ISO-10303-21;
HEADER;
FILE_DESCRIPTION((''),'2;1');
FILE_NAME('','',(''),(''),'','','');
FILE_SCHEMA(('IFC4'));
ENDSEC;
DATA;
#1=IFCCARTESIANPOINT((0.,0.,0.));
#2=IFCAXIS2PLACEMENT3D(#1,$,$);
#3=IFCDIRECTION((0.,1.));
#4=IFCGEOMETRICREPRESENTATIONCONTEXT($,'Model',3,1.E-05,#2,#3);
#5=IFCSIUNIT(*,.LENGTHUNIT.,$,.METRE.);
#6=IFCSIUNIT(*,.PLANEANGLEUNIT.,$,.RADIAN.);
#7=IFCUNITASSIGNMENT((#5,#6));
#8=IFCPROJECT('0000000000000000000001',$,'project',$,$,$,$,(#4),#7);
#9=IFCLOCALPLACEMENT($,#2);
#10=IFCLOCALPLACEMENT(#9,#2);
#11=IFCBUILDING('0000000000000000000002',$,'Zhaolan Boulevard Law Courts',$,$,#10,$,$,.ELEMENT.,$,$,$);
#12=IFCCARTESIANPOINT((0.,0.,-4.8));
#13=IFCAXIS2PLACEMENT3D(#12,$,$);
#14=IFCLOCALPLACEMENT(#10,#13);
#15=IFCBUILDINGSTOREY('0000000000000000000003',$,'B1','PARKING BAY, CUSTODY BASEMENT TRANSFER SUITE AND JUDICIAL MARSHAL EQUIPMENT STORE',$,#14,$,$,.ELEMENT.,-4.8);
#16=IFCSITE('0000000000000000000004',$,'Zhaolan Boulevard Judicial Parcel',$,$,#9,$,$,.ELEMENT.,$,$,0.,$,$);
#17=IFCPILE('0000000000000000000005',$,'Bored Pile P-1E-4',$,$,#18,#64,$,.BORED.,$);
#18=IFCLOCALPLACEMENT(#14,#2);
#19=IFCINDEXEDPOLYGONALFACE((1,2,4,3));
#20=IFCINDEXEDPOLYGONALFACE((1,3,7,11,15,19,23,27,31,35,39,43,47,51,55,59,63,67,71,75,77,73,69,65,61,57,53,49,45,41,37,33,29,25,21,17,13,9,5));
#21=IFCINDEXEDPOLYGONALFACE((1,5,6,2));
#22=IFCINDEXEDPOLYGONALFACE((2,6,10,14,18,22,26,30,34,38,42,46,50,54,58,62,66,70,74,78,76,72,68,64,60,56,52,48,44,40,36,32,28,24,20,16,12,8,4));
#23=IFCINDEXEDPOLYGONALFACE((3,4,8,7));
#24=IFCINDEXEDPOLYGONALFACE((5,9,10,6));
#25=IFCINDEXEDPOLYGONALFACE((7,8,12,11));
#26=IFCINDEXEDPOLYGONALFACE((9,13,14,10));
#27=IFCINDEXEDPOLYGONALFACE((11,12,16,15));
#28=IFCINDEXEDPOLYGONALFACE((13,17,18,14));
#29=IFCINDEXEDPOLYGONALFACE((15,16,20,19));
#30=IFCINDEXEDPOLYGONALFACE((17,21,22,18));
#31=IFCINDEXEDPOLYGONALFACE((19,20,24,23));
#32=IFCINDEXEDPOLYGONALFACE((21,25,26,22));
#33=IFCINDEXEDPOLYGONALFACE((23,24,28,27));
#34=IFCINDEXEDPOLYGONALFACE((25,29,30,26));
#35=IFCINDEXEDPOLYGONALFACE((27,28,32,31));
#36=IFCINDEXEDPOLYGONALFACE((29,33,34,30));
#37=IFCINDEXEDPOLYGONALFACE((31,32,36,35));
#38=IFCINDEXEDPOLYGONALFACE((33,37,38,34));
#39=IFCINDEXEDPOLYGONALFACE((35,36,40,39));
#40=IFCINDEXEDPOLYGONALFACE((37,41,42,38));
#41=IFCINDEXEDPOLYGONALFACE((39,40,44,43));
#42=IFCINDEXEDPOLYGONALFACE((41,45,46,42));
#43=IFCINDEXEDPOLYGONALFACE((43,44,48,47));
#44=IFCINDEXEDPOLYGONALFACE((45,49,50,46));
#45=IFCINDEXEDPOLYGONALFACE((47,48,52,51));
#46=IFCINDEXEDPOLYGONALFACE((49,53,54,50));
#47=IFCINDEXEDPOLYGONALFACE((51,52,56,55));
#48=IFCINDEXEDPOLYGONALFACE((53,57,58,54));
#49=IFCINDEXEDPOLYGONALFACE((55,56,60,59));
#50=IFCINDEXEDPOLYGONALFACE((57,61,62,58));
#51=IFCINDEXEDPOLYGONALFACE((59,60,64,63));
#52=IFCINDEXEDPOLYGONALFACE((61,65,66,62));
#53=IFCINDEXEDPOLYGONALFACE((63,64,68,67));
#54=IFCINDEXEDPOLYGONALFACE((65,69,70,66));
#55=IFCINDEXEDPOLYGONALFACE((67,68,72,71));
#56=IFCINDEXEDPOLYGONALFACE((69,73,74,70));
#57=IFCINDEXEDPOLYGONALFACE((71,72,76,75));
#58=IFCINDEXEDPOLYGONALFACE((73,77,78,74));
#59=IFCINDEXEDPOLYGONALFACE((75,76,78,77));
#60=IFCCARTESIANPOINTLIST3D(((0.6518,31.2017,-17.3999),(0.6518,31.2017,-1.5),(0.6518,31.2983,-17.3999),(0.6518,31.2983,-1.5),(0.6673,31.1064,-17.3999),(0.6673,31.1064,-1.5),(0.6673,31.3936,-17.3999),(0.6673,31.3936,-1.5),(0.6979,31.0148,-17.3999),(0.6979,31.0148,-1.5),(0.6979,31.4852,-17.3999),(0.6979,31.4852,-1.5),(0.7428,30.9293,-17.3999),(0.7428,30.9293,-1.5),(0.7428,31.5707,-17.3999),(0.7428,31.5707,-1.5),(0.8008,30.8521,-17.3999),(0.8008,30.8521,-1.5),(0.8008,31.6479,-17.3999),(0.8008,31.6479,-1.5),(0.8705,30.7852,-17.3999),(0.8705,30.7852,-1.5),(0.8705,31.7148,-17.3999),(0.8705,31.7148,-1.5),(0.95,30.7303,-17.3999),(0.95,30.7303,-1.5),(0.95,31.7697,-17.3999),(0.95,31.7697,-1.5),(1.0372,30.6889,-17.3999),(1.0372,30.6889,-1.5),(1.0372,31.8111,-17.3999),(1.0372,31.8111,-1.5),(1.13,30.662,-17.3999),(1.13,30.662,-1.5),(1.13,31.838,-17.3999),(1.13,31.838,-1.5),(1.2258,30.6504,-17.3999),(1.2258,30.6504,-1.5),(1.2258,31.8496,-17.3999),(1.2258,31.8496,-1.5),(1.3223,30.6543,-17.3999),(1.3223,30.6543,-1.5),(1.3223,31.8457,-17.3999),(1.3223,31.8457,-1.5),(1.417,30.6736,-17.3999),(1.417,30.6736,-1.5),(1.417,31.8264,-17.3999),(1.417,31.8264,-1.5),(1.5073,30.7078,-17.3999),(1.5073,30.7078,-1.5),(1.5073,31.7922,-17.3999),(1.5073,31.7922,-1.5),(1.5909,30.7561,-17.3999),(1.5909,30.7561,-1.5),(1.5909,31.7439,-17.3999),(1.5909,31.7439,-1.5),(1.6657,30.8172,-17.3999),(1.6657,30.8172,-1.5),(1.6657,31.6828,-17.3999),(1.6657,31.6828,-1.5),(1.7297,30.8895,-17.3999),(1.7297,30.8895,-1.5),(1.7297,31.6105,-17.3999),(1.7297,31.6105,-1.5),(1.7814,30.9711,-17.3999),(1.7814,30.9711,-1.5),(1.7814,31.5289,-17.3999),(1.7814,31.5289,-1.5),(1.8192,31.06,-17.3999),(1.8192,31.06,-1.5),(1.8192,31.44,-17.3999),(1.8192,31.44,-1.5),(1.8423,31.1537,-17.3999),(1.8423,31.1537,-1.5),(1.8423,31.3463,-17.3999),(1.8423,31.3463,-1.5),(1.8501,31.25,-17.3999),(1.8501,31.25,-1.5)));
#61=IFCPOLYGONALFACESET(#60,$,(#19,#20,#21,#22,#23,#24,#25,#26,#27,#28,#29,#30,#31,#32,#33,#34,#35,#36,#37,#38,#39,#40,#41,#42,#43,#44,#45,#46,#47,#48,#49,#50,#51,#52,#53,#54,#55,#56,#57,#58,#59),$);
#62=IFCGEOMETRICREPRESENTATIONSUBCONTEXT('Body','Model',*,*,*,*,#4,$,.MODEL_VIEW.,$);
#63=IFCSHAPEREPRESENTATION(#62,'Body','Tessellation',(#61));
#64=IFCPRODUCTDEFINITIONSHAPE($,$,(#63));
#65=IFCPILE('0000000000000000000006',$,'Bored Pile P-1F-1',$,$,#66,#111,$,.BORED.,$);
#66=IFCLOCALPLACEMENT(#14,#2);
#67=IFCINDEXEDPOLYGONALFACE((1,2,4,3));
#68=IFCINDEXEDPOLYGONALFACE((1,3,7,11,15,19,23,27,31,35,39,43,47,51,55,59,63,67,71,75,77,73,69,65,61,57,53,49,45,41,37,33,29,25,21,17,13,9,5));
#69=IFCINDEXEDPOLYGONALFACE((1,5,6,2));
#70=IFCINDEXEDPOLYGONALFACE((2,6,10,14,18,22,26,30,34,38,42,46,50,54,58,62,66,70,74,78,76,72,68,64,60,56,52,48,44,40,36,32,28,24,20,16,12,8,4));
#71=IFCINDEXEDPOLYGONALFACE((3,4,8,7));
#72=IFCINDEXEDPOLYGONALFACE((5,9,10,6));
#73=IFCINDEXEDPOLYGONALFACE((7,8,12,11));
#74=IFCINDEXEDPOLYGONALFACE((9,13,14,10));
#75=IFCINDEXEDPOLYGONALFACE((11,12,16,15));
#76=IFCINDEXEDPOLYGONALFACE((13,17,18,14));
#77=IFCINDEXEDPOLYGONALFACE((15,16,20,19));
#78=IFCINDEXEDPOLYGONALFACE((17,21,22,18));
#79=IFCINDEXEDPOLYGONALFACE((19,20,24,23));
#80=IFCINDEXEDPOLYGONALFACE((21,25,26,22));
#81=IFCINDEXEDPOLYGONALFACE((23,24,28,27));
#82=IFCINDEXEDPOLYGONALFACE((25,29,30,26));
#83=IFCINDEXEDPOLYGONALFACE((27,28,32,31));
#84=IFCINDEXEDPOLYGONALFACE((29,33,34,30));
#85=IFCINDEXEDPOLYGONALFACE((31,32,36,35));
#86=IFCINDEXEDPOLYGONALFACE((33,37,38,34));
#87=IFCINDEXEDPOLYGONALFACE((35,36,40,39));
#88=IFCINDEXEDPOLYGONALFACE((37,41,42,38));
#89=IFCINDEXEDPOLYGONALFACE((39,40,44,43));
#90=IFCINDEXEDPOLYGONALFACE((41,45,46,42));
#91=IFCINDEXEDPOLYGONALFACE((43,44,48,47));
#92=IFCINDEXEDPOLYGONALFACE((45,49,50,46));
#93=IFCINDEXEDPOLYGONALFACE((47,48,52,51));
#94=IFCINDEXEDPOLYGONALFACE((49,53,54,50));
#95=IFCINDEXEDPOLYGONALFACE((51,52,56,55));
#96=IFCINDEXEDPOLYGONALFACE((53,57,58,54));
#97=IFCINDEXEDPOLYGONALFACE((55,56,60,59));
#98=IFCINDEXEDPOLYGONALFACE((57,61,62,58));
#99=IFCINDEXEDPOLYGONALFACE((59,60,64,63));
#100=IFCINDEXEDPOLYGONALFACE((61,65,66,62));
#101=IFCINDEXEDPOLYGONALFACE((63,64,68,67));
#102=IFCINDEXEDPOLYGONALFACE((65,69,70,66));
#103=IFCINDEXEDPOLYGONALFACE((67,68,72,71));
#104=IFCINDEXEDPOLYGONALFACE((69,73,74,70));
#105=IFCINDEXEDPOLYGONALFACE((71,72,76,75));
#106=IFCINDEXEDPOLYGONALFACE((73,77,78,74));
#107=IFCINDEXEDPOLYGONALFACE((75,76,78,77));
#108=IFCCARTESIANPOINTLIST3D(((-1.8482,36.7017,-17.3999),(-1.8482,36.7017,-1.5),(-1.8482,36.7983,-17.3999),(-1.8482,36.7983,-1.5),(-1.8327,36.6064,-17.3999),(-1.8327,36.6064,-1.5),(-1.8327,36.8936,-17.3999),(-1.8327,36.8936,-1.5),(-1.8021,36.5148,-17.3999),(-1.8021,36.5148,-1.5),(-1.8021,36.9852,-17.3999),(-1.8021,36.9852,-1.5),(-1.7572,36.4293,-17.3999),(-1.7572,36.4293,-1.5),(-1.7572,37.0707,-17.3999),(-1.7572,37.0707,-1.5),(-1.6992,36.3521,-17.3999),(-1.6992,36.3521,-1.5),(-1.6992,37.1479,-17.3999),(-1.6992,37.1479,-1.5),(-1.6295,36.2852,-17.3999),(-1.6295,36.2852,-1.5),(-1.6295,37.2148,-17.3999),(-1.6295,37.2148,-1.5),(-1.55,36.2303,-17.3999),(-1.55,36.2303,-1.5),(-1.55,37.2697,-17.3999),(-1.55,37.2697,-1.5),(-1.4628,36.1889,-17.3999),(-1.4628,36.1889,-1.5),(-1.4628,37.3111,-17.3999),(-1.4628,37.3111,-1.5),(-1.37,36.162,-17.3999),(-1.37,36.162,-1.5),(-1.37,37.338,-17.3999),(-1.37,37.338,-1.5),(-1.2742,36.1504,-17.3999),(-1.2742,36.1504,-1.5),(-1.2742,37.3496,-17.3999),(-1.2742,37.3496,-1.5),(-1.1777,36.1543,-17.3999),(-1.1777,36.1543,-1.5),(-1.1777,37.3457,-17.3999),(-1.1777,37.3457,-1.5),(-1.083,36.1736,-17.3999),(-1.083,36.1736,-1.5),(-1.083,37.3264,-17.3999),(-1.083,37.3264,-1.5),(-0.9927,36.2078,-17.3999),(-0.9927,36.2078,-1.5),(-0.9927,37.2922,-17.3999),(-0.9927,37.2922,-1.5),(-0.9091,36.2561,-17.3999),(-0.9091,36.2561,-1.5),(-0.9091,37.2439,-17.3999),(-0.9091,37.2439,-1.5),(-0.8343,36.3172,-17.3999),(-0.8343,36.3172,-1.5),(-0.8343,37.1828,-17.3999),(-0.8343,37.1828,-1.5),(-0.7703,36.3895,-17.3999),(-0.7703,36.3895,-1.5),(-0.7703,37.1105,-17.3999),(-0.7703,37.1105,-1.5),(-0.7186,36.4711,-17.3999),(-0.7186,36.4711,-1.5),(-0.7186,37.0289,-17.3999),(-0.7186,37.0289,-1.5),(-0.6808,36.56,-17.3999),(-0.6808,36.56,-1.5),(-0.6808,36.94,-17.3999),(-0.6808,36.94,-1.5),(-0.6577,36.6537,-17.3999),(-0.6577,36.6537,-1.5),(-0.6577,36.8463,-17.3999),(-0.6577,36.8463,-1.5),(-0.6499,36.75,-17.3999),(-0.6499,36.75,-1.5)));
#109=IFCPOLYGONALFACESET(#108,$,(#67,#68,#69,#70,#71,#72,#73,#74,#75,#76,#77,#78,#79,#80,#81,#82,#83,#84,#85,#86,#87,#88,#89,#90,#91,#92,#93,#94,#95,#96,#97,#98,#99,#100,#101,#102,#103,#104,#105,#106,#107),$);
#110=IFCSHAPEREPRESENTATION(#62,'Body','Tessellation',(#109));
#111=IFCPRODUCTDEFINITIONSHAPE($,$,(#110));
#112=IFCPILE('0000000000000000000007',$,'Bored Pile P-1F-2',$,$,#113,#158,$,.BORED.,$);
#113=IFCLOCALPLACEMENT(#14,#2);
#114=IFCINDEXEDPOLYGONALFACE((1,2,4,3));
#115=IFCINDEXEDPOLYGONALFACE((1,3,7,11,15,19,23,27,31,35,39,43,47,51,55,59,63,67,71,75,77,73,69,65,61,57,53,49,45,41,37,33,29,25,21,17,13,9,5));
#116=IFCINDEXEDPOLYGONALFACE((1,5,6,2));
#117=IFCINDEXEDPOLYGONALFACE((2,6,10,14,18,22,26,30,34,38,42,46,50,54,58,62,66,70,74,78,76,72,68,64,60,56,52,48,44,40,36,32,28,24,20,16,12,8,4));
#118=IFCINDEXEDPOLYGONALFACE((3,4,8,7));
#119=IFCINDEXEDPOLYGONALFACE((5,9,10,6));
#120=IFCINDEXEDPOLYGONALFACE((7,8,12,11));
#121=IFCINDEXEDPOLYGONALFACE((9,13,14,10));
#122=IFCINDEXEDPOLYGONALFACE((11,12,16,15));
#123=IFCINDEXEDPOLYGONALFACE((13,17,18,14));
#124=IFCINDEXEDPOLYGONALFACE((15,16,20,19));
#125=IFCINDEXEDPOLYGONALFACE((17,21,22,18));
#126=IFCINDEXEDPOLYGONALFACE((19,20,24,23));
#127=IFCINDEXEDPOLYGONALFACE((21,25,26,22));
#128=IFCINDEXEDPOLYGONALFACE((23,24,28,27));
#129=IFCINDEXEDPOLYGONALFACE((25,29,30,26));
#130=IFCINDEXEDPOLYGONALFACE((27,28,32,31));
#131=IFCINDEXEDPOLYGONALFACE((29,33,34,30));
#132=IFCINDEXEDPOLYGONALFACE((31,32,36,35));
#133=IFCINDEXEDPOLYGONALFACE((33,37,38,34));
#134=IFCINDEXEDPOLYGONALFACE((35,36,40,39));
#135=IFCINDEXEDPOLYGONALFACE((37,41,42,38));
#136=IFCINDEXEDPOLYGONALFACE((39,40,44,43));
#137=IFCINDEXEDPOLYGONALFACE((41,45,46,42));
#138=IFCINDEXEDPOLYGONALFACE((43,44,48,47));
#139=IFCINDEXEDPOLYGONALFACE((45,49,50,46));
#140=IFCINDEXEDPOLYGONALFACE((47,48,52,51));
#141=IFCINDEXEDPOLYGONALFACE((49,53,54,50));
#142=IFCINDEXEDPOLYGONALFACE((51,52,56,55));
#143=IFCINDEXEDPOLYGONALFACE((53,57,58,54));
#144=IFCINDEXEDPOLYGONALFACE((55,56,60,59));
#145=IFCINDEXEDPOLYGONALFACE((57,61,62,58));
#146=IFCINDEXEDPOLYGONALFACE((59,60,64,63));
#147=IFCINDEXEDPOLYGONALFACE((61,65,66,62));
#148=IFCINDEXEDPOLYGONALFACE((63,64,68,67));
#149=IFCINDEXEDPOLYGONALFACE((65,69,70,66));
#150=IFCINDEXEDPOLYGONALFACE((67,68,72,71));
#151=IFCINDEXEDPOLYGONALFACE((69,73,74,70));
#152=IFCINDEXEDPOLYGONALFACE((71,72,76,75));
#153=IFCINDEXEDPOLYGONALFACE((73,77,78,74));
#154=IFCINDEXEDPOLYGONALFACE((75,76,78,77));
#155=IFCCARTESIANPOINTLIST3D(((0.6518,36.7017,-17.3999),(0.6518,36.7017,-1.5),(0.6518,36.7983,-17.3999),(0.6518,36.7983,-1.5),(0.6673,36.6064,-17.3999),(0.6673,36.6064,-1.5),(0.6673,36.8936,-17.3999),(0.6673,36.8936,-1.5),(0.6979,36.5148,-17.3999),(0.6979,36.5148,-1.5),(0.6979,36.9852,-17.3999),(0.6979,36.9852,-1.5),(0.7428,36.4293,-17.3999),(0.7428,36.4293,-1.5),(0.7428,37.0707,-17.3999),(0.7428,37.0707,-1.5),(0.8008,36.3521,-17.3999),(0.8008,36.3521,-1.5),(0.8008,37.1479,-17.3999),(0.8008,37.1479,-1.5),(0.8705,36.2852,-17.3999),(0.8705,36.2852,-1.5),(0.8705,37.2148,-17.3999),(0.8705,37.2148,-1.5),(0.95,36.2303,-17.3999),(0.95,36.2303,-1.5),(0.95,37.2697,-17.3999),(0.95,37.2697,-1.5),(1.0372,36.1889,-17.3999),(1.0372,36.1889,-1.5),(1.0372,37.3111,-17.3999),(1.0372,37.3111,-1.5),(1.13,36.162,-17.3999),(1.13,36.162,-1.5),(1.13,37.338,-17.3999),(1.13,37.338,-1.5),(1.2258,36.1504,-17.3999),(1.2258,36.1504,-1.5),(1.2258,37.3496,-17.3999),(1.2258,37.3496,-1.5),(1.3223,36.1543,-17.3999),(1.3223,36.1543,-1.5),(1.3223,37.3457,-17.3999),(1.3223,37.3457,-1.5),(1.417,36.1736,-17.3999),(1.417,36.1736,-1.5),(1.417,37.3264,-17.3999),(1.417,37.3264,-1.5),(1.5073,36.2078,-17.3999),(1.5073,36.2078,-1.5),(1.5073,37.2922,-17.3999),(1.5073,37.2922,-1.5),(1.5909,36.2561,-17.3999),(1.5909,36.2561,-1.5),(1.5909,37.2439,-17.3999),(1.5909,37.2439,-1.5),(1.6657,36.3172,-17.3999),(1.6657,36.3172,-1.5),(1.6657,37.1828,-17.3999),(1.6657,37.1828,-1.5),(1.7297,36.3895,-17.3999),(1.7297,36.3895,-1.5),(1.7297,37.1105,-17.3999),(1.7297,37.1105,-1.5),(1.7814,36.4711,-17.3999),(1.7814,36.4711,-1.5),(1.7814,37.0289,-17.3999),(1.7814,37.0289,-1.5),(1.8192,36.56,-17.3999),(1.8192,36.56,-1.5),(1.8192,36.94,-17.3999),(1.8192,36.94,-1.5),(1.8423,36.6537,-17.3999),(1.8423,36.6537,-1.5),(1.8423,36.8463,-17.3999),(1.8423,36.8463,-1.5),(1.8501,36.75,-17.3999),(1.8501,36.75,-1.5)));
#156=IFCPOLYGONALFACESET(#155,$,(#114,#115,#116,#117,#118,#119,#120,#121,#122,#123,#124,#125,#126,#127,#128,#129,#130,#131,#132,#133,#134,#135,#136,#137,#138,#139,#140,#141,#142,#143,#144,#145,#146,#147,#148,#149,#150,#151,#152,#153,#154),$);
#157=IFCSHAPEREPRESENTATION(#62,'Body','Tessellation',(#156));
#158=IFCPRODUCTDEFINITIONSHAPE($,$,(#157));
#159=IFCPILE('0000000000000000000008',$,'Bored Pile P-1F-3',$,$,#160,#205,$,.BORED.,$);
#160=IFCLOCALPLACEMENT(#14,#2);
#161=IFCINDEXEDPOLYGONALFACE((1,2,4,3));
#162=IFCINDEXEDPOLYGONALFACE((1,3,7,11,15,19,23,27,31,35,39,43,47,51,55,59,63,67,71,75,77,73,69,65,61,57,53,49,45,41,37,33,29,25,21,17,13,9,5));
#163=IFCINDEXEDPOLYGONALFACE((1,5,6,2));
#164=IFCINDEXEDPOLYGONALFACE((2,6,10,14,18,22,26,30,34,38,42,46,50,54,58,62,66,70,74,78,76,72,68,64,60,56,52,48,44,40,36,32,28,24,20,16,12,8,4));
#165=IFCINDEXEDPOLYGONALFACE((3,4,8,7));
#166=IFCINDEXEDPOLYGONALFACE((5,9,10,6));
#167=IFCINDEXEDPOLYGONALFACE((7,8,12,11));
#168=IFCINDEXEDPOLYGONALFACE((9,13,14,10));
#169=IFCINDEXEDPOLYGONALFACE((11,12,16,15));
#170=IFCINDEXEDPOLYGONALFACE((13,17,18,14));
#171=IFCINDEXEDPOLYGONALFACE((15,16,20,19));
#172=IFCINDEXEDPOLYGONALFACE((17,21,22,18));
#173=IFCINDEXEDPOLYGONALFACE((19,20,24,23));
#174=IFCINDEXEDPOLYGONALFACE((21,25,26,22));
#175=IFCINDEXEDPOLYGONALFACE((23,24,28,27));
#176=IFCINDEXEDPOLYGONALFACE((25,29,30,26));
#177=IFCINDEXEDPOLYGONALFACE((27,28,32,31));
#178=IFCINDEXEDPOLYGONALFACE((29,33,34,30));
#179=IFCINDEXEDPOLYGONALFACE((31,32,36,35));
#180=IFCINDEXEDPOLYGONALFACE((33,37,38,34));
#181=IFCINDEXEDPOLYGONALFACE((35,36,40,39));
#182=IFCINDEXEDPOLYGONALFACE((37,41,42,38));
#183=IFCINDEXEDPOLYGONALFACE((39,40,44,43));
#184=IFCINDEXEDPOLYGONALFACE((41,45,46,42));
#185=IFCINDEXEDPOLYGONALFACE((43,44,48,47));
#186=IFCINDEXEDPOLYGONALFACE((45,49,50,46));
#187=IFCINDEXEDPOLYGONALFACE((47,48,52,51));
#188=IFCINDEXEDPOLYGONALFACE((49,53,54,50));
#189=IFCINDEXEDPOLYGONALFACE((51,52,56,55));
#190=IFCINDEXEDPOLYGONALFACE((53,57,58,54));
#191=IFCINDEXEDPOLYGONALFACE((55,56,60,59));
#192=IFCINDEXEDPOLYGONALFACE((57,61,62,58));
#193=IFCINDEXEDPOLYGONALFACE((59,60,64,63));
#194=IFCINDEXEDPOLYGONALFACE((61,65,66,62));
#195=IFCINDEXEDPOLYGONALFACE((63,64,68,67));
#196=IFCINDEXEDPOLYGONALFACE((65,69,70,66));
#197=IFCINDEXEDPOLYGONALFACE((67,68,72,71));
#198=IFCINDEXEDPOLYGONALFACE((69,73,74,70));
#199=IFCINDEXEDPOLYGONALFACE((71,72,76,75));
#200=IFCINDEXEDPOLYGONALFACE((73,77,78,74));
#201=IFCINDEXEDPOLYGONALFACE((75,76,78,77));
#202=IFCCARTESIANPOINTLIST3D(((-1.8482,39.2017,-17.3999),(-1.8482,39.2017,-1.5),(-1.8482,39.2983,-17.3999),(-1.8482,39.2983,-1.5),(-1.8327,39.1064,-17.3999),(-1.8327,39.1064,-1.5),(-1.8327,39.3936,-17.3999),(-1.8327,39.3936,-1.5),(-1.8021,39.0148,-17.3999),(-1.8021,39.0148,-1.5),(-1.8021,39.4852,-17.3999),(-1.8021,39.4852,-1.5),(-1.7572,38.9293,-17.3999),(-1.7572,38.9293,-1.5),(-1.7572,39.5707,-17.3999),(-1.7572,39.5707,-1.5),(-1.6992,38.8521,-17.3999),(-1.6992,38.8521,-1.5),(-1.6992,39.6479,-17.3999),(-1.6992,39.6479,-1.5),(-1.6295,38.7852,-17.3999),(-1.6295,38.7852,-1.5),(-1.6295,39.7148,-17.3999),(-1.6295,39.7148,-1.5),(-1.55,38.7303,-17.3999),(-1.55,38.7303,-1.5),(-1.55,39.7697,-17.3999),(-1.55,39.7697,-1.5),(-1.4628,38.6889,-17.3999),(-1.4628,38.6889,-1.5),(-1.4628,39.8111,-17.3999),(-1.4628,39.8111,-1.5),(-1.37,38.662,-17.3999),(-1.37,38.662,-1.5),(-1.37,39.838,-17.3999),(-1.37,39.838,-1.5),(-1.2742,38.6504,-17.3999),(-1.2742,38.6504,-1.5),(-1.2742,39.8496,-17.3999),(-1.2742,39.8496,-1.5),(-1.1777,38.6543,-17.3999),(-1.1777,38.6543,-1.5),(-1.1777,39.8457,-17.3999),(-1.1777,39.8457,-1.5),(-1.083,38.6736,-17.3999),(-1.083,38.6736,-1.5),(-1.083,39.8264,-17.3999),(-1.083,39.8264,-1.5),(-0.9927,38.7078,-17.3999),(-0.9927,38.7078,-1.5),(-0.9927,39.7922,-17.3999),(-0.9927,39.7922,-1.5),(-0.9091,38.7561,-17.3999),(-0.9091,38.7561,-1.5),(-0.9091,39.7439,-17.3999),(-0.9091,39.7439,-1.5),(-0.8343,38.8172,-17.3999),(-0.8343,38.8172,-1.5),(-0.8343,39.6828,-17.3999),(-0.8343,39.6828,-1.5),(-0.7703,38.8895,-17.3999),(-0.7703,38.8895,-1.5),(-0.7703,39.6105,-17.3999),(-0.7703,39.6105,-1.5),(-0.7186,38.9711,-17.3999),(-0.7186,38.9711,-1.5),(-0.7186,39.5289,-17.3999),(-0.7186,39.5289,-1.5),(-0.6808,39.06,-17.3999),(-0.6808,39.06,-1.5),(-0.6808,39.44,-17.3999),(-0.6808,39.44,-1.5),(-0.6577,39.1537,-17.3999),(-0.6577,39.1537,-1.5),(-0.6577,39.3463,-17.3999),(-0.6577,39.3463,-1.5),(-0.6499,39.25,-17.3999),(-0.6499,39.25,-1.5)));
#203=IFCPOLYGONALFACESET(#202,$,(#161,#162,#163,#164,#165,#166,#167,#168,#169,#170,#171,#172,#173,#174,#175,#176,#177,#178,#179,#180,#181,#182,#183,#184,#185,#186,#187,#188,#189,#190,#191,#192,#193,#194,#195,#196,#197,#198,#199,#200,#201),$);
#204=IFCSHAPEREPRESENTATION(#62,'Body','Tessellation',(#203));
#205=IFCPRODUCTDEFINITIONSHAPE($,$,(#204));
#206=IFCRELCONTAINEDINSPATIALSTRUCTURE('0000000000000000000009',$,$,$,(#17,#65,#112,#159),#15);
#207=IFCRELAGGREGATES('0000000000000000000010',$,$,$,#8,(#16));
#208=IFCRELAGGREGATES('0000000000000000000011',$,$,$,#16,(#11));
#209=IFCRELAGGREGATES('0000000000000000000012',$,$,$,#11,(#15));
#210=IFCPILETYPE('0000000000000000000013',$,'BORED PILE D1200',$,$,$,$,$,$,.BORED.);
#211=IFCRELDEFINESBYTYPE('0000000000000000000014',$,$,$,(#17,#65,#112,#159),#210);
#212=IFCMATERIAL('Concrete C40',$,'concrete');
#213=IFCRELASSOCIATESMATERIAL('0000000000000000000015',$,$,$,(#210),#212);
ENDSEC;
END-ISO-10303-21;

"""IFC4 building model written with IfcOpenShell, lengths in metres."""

from ifc_helpers import new_model, si_unit, direction, frame, origin, origin_2d, place, context, subcontext, project, spatial, circle, extrude, material, material_profile, profile_set, type_object, element, save


model = new_model("IFC4")

# Units and contexts
model_context = context("Model", 3, precision=1e-05, world=origin(), true_north=direction((0.0, 1.0)))
body_context = subcontext(model_context, "Body", "Model", "MODEL_VIEW")
ifc_project = project(units=[si_unit("LENGTHUNIT", "METRE"), si_unit("PLANEANGLEUNIT", "RADIAN")], contexts=[model_context])

# Site, building, storey
site_placement = place(None, origin())
site = spatial("IfcSite", under=ifc_project, at=site_placement, Name="Zhaolan Boulevard Judicial Parcel", CompositionType="ELEMENT", RefElevation=0.0)
building_placement = place(site_placement, origin())
building = spatial("IfcBuilding", under=site, at=building_placement, Name="Zhaolan Boulevard Law Courts", CompositionType="ELEMENT")
storey_placement = place(building_placement, frame((0.0, 0.0, -4.8)))
storey = spatial("IfcBuildingStorey", under=building, at=storey_placement, Name="B1", Description="PARKING BAY, CUSTODY BASEMENT TRANSFER SUITE AND JUDICIAL MARSHAL EQUIPMENT STORE", CompositionType="ELEMENT", Elevation=-4.8)

# Piles
ifc_material_1 = material(Name="Concrete C40", Category="concrete")
ifc_material_profile_1 = material_profile(ifc_material_1, circle(Radius=0.6001, at=origin_2d()), Name="PILE-D1200")
ifc_profile_set_1 = profile_set([ifc_material_profile_1], Name="Concrete C40")
pile_type = type_object("IfcPileType", Name="BORED PILE D1200", PredefinedType="BORED", material=ifc_profile_set_1)
for number, where, z_axis, x_axis, name in (
    (1, (1.25, 31.25, -1.5), (0.0, 0.0, -1.0), (1.0, 0.0, 0.0), "Bored Pile P-1E-4"),
    (2, (-1.25, 36.75, -1.5), (0.0, 0.0, -1.0), (1.0, 0.0, 0.0), "Bored Pile P-1F-1"),
    (3, (1.25, 36.75, -1.5), (0.0, 0.0, -1.0), (1.0, 0.0, 0.0), "Bored Pile P-1F-2"),
    (4, (-1.25, 39.25, -1.5), (0.0, 0.0, -1.0), (1.0, 0.0, 0.0), "Bored Pile P-1F-3"),
):
    element("IfcPile", number, at=place(storey_placement, frame(where, z_axis=z_axis, x_axis=x_axis)), inside=storey, type_object=pile_type, Name=name, PredefinedType="BORED", context=body_context, shape_type="SweptSolid", body=[
        extrude(circle(Radius=0.6001, at=origin_2d()), origin(), (0.0, 0.0, 1.0), 15.8999),
    ])

save(model, "model.ifc")
